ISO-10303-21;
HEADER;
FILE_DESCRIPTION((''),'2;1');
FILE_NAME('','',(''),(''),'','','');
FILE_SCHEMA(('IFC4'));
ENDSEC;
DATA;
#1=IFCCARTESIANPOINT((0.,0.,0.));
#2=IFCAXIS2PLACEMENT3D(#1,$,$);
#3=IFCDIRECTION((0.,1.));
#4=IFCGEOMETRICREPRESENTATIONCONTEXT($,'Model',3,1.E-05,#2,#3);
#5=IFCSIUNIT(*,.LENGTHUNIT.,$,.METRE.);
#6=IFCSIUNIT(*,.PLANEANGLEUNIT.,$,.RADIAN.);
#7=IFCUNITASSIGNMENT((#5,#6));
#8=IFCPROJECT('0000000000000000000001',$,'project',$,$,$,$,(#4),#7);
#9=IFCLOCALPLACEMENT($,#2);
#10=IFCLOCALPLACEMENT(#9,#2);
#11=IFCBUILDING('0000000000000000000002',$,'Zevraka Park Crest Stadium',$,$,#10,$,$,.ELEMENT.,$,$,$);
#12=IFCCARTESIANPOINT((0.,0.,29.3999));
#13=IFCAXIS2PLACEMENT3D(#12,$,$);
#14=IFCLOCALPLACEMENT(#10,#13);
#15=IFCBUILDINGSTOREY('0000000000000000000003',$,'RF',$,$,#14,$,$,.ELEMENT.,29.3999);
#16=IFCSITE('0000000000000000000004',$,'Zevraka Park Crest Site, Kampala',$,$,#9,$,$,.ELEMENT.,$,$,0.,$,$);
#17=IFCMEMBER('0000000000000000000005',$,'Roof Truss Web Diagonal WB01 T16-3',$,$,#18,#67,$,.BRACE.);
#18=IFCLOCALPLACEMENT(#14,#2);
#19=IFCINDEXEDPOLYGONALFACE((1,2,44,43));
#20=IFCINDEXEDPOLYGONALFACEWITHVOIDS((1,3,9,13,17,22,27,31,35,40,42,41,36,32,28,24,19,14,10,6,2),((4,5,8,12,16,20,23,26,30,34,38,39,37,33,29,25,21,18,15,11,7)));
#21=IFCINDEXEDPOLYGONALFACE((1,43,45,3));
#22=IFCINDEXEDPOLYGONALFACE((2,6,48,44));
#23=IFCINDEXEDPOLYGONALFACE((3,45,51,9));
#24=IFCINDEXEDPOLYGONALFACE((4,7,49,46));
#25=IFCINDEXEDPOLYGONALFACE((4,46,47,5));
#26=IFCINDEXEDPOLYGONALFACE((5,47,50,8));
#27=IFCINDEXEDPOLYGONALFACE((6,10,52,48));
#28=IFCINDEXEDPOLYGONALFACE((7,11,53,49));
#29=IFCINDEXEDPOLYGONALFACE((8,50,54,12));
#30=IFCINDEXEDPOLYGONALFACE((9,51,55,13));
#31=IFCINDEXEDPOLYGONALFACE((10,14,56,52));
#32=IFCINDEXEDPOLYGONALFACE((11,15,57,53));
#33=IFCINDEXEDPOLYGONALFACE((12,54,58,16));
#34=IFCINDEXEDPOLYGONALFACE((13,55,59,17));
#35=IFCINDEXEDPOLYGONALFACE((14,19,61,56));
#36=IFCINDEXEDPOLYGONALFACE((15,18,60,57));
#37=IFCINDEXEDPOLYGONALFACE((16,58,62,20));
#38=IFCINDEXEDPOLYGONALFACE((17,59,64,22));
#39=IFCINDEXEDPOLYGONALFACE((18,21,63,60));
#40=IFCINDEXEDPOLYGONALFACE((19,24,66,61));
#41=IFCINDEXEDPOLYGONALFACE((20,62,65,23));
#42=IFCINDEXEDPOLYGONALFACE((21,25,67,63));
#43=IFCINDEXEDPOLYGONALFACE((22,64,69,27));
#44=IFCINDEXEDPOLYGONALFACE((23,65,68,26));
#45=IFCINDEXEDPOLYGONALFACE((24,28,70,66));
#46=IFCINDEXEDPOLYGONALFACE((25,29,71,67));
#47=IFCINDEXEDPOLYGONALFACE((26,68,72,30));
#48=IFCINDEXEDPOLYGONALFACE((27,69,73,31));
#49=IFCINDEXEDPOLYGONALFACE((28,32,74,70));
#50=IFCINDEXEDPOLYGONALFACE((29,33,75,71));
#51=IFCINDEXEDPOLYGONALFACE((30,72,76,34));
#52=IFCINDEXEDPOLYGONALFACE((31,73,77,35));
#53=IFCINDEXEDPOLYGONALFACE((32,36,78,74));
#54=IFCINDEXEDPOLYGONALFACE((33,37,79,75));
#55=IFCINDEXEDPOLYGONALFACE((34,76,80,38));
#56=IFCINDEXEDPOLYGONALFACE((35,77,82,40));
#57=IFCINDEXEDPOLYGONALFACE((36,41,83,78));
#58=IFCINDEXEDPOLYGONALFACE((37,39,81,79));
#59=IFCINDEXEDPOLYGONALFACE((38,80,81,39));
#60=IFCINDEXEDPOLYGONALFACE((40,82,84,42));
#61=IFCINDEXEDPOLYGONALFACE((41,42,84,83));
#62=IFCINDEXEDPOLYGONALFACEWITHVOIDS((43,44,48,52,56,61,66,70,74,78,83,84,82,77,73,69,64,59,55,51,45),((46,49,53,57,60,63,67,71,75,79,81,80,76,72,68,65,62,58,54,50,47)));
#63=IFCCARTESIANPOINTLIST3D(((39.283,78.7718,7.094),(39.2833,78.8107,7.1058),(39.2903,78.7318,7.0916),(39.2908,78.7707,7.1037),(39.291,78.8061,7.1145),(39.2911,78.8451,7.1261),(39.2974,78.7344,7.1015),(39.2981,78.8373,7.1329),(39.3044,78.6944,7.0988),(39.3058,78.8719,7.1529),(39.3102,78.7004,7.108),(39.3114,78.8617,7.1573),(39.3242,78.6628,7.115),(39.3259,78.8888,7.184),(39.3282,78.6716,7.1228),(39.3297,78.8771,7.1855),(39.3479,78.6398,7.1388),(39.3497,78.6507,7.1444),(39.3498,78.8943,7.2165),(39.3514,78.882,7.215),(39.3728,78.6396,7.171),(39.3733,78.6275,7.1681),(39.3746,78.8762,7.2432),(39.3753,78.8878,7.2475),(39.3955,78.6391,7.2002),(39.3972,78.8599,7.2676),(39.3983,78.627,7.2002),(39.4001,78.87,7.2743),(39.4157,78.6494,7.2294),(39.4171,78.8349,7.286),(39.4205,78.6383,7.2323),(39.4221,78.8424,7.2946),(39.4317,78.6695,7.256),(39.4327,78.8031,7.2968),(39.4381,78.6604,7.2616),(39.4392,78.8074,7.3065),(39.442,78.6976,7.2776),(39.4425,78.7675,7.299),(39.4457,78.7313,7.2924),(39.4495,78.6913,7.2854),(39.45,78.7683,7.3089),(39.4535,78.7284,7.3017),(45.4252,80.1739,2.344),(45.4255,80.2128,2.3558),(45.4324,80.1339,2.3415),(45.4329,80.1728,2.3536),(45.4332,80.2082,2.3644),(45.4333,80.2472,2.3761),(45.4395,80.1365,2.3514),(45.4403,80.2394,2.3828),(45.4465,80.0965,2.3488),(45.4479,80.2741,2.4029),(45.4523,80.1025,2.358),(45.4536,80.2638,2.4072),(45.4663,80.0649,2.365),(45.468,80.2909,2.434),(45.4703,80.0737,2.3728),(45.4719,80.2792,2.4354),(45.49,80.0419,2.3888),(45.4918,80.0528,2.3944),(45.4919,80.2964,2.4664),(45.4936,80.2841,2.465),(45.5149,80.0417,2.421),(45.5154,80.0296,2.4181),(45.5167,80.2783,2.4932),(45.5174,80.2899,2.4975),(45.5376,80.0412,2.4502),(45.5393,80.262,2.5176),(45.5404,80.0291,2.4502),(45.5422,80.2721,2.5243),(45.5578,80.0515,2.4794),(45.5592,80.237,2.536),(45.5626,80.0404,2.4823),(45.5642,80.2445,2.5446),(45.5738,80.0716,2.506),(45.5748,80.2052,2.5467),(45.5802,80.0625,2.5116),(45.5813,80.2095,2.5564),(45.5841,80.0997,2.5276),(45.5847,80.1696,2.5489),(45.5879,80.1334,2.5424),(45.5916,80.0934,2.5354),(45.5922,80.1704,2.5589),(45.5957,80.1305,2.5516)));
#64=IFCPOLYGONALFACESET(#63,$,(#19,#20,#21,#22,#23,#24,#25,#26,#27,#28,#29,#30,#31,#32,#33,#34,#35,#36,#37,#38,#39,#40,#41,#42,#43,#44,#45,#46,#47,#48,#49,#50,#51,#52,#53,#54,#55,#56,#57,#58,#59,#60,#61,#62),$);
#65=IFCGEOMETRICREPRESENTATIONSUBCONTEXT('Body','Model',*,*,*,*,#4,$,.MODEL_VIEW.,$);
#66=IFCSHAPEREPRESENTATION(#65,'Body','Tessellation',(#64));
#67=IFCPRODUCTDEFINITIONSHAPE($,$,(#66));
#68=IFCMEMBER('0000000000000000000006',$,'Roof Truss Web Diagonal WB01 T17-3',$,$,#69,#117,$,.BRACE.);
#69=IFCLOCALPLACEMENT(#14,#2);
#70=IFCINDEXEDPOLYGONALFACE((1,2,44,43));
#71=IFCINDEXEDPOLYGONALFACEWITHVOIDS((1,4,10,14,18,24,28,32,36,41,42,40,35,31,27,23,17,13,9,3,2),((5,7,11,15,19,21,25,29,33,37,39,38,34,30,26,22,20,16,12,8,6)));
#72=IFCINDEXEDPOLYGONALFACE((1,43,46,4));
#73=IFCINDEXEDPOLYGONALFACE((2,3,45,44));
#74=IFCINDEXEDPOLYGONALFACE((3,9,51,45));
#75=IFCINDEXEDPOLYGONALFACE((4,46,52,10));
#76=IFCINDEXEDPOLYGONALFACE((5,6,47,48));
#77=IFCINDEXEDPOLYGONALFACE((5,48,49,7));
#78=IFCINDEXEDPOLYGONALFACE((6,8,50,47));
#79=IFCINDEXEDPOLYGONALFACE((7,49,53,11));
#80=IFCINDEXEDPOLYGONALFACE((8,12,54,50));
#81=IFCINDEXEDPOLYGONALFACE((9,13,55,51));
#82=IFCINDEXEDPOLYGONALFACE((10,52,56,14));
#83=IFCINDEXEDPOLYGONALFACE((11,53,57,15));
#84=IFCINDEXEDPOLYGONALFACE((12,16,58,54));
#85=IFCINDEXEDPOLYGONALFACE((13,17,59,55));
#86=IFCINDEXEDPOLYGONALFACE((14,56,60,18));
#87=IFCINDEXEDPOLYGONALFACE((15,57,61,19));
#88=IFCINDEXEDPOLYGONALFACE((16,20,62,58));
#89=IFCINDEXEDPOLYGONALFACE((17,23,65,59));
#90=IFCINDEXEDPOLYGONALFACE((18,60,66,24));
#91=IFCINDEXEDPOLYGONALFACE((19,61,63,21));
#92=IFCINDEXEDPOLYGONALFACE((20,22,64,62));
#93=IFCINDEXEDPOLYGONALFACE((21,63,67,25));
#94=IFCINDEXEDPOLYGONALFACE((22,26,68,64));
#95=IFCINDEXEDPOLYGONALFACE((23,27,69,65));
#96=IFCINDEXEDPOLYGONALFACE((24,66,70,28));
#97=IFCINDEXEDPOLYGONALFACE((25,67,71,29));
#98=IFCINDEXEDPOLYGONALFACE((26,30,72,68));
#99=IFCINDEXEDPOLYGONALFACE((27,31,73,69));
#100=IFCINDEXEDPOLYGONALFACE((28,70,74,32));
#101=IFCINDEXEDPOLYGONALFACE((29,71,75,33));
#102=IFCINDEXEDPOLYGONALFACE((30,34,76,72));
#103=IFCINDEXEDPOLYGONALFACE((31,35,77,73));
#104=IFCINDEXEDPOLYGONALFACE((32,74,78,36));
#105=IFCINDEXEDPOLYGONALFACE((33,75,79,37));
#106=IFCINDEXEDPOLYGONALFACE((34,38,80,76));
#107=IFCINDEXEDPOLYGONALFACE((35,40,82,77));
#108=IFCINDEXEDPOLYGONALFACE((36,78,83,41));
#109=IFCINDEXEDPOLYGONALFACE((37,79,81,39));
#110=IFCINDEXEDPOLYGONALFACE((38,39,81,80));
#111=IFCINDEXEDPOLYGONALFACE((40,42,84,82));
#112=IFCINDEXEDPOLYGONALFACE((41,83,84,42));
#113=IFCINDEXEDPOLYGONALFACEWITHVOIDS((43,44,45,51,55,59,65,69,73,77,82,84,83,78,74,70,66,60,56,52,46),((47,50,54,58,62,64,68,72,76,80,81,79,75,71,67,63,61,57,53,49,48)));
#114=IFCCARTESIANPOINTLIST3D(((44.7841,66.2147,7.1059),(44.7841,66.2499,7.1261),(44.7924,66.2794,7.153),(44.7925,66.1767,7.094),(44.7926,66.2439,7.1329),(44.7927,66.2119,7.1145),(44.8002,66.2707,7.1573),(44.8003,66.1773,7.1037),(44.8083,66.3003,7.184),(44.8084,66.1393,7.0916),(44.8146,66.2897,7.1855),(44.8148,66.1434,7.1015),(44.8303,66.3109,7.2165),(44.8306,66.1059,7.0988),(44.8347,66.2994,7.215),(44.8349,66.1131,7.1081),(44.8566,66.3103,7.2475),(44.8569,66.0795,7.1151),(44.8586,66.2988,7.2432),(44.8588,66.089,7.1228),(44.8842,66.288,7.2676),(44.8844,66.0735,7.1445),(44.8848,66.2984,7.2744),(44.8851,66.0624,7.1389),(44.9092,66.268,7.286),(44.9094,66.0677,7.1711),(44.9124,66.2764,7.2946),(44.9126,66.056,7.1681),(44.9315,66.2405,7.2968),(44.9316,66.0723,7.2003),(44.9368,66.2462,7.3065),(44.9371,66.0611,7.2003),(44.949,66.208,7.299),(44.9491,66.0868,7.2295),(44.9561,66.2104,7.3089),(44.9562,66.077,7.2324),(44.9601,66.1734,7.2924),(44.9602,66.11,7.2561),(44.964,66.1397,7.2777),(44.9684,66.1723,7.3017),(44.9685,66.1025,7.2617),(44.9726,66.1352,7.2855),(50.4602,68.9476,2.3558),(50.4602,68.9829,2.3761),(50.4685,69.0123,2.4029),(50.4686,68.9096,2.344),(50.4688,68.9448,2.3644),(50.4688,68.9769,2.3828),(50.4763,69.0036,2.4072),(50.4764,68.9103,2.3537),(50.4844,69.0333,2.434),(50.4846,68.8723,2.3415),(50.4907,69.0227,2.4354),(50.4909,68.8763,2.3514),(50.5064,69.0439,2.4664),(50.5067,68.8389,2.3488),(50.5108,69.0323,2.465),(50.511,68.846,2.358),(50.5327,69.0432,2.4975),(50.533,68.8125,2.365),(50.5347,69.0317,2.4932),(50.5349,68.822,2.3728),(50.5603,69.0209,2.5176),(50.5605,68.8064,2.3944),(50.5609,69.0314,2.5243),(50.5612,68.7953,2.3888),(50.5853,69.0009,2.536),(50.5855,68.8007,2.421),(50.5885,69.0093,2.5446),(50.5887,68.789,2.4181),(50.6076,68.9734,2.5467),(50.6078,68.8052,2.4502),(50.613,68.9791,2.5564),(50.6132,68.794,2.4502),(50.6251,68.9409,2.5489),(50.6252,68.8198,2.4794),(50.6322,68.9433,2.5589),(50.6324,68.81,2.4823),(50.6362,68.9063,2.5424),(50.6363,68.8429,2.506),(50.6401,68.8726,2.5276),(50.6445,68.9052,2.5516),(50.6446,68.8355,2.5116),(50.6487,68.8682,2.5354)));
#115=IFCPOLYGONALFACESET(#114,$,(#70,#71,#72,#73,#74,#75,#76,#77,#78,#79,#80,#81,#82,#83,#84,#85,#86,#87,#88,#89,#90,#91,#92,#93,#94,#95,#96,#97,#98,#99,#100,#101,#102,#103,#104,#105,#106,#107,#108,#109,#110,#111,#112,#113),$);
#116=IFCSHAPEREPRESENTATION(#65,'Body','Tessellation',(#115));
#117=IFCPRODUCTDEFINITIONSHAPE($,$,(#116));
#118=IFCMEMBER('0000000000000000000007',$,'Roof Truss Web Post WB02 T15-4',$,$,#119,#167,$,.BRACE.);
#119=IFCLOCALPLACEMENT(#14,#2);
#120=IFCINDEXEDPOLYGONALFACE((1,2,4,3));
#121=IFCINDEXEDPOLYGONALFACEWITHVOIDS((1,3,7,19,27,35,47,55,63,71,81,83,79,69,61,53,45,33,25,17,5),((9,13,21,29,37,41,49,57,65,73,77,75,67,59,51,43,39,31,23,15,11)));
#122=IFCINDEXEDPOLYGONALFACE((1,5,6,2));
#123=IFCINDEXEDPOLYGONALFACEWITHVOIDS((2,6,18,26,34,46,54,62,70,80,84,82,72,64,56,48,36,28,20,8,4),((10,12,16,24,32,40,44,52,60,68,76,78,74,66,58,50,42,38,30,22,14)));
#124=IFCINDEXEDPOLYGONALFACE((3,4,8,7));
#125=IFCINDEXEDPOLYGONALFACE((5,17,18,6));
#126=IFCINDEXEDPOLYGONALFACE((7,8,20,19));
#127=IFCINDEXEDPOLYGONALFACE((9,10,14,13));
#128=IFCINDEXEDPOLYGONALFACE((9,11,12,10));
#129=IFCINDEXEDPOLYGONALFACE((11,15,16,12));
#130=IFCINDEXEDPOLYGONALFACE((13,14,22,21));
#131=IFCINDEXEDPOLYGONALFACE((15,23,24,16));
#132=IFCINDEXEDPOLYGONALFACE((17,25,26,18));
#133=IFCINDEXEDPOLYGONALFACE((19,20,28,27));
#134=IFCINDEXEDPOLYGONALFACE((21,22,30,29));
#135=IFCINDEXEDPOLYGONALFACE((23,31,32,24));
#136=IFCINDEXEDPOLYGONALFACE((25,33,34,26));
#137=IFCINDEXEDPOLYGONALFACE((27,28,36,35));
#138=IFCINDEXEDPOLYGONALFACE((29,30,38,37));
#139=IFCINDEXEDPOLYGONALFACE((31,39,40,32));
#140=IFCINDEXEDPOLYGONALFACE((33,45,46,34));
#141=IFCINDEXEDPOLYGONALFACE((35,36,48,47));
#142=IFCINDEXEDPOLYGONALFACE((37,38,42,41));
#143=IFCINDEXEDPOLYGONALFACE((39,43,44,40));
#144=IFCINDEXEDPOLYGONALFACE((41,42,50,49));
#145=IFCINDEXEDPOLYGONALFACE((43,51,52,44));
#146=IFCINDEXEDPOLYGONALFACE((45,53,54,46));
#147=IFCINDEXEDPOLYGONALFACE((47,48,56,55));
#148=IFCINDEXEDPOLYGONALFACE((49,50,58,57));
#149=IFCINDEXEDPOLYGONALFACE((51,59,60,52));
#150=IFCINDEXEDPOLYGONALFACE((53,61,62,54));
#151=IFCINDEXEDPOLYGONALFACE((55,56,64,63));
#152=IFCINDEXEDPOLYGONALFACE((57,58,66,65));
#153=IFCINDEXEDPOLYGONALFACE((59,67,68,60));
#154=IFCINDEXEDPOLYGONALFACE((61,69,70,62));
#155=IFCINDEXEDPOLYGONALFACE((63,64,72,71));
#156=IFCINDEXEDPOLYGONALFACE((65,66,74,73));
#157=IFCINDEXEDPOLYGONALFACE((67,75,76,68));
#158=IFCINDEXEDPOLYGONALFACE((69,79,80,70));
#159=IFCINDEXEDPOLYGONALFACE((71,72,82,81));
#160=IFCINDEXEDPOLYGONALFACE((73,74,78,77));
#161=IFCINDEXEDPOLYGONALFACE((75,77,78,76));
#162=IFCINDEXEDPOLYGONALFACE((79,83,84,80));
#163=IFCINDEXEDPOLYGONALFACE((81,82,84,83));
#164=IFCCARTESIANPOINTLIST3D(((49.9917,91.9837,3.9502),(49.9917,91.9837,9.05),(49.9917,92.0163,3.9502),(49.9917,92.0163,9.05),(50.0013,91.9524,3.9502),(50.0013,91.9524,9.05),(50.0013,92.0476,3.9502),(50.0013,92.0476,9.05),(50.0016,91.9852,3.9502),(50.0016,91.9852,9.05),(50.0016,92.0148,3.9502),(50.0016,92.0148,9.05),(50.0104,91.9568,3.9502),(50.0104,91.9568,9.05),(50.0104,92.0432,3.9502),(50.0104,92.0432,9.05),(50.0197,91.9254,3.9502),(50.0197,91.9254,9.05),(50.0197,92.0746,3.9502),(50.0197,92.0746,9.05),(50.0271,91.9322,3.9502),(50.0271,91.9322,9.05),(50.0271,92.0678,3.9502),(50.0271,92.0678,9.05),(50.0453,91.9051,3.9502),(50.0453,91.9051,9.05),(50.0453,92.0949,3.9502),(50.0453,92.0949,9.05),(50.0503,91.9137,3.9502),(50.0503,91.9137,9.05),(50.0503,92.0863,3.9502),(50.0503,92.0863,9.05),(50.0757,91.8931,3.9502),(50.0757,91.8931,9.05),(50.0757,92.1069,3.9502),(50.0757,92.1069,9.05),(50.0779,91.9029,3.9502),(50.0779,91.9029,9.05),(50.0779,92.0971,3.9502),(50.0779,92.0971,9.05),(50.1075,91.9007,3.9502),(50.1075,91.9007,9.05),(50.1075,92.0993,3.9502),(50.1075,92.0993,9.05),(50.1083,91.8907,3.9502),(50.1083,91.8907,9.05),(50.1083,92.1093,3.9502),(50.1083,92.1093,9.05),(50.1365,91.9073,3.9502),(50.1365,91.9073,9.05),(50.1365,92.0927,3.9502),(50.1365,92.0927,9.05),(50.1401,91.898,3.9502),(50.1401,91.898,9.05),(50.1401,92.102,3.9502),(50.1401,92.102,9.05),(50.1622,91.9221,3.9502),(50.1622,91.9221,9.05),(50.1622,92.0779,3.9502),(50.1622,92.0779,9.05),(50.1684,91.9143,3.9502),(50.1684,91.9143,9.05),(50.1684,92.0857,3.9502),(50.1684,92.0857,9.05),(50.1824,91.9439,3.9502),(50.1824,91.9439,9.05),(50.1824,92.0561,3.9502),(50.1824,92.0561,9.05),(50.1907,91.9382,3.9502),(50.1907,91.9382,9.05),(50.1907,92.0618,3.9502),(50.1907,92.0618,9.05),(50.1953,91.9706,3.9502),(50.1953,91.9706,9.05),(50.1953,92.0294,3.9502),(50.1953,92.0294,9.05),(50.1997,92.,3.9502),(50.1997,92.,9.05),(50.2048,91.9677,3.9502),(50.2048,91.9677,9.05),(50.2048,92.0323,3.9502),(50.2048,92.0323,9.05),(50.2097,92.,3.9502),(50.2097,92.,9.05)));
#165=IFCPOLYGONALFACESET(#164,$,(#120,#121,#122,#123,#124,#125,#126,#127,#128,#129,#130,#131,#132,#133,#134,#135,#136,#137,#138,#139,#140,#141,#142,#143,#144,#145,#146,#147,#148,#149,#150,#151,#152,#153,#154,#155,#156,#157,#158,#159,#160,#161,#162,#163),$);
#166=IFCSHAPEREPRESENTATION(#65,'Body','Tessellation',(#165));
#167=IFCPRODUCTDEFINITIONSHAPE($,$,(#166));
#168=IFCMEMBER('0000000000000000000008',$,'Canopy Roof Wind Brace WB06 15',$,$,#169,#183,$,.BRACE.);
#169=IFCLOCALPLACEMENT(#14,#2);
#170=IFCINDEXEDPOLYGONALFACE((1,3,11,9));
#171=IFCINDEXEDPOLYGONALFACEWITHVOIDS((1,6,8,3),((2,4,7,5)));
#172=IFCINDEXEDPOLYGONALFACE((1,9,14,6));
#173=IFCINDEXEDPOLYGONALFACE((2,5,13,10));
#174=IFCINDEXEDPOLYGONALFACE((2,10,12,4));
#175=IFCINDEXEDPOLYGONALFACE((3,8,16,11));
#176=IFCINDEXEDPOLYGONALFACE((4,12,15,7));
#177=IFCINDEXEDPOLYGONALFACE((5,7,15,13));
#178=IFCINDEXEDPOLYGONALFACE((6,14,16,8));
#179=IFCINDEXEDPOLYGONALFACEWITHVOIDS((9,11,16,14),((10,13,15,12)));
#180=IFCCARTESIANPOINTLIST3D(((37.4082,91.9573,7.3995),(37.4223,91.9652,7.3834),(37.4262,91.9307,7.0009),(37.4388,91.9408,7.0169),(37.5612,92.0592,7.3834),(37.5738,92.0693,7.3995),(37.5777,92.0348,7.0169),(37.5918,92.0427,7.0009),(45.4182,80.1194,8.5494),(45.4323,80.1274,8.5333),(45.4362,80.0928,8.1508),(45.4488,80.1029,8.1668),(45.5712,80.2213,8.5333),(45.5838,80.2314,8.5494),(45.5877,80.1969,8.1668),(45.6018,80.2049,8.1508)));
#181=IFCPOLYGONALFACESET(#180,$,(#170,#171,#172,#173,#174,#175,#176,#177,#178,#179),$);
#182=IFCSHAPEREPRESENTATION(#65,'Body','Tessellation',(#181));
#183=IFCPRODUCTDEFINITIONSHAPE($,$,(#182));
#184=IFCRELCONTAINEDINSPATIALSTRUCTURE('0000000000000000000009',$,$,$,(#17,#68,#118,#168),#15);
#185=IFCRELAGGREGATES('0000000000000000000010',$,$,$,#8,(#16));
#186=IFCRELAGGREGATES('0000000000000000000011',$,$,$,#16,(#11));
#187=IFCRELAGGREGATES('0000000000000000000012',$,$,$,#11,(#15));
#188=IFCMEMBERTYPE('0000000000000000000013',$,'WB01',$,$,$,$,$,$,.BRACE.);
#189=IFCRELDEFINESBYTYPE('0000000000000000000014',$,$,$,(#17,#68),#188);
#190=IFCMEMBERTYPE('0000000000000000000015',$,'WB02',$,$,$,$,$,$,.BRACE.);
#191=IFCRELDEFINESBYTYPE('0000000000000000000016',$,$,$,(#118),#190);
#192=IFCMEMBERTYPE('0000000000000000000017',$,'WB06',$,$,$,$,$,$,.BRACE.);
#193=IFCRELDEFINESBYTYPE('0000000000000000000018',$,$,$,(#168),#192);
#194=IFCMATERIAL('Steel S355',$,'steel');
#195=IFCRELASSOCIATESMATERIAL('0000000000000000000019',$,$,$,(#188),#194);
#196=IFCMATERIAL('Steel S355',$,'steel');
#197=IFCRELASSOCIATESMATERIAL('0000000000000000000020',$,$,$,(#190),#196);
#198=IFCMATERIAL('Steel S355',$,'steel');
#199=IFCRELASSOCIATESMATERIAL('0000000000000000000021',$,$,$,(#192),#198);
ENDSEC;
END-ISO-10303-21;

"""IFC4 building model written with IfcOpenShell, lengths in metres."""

from ifc_helpers import new_model, si_unit, direction, frame, origin, origin_2d, place, context, subcontext, project, spatial, hollow_rectangle, hollow_circle, extrude, material, material_profile, profile_set, type_object, element, save


model = new_model("IFC4")

# Units and contexts
model_context = context("Model", 3, precision=1e-05, world=origin(), true_north=direction((0.0, 1.0)))
body_context = subcontext(model_context, "Body", "Model", "MODEL_VIEW")
ifc_project = project(units=[si_unit("LENGTHUNIT", "METRE"), si_unit("PLANEANGLEUNIT", "RADIAN")], contexts=[model_context])

# Site, building, storey
site_placement = place(None, origin())
site = spatial("IfcSite", under=ifc_project, at=site_placement, Name="Zevraka Park Crest Site, Kampala", CompositionType="ELEMENT", RefElevation=0.0)
building_placement = place(site_placement, origin())
building = spatial("IfcBuilding", under=site, at=building_placement, Name="Zevraka Park Crest Stadium", CompositionType="ELEMENT")
storey_placement = place(building_placement, frame((0.0, 0.0, 29.3999)))
storey = spatial("IfcBuildingStorey", under=building, at=storey_placement, Name="RF", CompositionType="ELEMENT", Elevation=29.3999)

# Members
ifc_material_1 = material(Name="Steel S355", Category="steel")
ifc_material_profile_1 = material_profile(ifc_material_1, hollow_circle(Radius=0.1365, WallThickness=0.0125, at=origin_2d()), Name="CHS 273.0x12.5")
ifc_profile_set_1 = profile_set([ifc_material_profile_1], Name="Steel S355")
member_type_1 = type_object("IfcMemberType", Name="WB01", PredefinedType="BRACE", material=ifc_profile_set_1)
for number, where, z_axis, x_axis, name in (
    (1, (45.51, 80.1621, 2.4502), (-0.778455, -0.177704, 0.60202), (0.222552, -0.974921, 0.0), "Roof Truss Web Diagonal WB01 T16-3"),
):
    element("IfcMember", number, at=place(storey_placement, frame(where, z_axis=z_axis, x_axis=x_axis)), inside=storey, type_object=member_type_1, Name=name, PredefinedType="BRACE", context=body_context, shape_type="SweptSolid", body=[
        extrude(hollow_circle(Radius=0.1365, WallThickness=0.0125, at=origin_2d()), origin(), (0.0, 0.0, 1.0), 7.8901),
    ])
member_1_placement = place(storey_placement, frame((50.554, 68.917, 2.4502), z_axis=(-0.719415, -0.346386, 0.602045), x_axis=(0.433817, -0.901001, 0.0)))
element("IfcMember", 2, at=member_1_placement, inside=storey, type_object=member_type_1, Name="Roof Truss Web Diagonal WB01 T17-3", PredefinedType="BRACE", context=body_context, shape_type="SweptSolid", body=[
    extrude(hollow_circle(Radius=0.1365, WallThickness=0.0125, at=origin_2d()), origin(), (0.0, 0.0, 1.0), 7.8899),
])
ifc_material_2 = material(Name="Steel S355", Category="steel")
ifc_material_profile_2 = material_profile(ifc_material_2, hollow_circle(Radius=0.1096, WallThickness=0.01, at=origin_2d()), Name="CHS 219.1x10")
ifc_profile_set_2 = profile_set([ifc_material_profile_2], Name="Steel S355")
member_type_2 = type_object("IfcMemberType", Name="WB02", PredefinedType="BRACE", material=ifc_profile_set_2)
member_2_placement = place(storey_placement, frame((50.1001, 92.0, 3.9502), z_axis=(0.0, 0.0, 1.0), x_axis=(1.0, 0.0, 0.0)))
element("IfcMember", 3, at=member_2_placement, inside=storey, type_object=member_type_2, Name="Roof Truss Web Post WB02 T15-4", PredefinedType="BRACE", context=body_context, shape_type="SweptSolid", body=[
    extrude(hollow_circle(Radius=0.1096, WallThickness=0.01, at=origin_2d()), origin(), (0.0, 0.0, 1.0), 5.0999),
])
ifc_material_3 = material(Name="Steel S355", Category="steel")
ifc_material_profile_3 = material_profile(ifc_material_3, hollow_rectangle(XDim=0.2, YDim=0.3999, WallThickness=0.0161, at=origin_2d()), Name="RHS 400x200x16")
ifc_profile_set_3 = profile_set([ifc_material_profile_3], Name="Steel S355")
member_type_3 = type_object("IfcMemberType", Name="WB06", PredefinedType="BRACE", material=ifc_profile_set_3)
member_3_placement = place(storey_placement, frame((37.5, 92.0, 7.2002), z_axis=(0.558602, -0.82555, 0.080192), x_axis=(0.828218, 0.560407, 0.0)))
element("IfcMember", 4, at=member_3_placement, inside=storey, type_object=member_type_3, Name="Canopy Roof Wind Brace WB06 15", PredefinedType="BRACE", context=body_context, shape_type="SweptSolid", body=[
    extrude(hollow_rectangle(XDim=0.2, YDim=0.3999, WallThickness=0.0161, at=origin_2d()), origin(), (0.0, 0.0, 1.0), 14.3394),
])

save(model, "model.ifc")
